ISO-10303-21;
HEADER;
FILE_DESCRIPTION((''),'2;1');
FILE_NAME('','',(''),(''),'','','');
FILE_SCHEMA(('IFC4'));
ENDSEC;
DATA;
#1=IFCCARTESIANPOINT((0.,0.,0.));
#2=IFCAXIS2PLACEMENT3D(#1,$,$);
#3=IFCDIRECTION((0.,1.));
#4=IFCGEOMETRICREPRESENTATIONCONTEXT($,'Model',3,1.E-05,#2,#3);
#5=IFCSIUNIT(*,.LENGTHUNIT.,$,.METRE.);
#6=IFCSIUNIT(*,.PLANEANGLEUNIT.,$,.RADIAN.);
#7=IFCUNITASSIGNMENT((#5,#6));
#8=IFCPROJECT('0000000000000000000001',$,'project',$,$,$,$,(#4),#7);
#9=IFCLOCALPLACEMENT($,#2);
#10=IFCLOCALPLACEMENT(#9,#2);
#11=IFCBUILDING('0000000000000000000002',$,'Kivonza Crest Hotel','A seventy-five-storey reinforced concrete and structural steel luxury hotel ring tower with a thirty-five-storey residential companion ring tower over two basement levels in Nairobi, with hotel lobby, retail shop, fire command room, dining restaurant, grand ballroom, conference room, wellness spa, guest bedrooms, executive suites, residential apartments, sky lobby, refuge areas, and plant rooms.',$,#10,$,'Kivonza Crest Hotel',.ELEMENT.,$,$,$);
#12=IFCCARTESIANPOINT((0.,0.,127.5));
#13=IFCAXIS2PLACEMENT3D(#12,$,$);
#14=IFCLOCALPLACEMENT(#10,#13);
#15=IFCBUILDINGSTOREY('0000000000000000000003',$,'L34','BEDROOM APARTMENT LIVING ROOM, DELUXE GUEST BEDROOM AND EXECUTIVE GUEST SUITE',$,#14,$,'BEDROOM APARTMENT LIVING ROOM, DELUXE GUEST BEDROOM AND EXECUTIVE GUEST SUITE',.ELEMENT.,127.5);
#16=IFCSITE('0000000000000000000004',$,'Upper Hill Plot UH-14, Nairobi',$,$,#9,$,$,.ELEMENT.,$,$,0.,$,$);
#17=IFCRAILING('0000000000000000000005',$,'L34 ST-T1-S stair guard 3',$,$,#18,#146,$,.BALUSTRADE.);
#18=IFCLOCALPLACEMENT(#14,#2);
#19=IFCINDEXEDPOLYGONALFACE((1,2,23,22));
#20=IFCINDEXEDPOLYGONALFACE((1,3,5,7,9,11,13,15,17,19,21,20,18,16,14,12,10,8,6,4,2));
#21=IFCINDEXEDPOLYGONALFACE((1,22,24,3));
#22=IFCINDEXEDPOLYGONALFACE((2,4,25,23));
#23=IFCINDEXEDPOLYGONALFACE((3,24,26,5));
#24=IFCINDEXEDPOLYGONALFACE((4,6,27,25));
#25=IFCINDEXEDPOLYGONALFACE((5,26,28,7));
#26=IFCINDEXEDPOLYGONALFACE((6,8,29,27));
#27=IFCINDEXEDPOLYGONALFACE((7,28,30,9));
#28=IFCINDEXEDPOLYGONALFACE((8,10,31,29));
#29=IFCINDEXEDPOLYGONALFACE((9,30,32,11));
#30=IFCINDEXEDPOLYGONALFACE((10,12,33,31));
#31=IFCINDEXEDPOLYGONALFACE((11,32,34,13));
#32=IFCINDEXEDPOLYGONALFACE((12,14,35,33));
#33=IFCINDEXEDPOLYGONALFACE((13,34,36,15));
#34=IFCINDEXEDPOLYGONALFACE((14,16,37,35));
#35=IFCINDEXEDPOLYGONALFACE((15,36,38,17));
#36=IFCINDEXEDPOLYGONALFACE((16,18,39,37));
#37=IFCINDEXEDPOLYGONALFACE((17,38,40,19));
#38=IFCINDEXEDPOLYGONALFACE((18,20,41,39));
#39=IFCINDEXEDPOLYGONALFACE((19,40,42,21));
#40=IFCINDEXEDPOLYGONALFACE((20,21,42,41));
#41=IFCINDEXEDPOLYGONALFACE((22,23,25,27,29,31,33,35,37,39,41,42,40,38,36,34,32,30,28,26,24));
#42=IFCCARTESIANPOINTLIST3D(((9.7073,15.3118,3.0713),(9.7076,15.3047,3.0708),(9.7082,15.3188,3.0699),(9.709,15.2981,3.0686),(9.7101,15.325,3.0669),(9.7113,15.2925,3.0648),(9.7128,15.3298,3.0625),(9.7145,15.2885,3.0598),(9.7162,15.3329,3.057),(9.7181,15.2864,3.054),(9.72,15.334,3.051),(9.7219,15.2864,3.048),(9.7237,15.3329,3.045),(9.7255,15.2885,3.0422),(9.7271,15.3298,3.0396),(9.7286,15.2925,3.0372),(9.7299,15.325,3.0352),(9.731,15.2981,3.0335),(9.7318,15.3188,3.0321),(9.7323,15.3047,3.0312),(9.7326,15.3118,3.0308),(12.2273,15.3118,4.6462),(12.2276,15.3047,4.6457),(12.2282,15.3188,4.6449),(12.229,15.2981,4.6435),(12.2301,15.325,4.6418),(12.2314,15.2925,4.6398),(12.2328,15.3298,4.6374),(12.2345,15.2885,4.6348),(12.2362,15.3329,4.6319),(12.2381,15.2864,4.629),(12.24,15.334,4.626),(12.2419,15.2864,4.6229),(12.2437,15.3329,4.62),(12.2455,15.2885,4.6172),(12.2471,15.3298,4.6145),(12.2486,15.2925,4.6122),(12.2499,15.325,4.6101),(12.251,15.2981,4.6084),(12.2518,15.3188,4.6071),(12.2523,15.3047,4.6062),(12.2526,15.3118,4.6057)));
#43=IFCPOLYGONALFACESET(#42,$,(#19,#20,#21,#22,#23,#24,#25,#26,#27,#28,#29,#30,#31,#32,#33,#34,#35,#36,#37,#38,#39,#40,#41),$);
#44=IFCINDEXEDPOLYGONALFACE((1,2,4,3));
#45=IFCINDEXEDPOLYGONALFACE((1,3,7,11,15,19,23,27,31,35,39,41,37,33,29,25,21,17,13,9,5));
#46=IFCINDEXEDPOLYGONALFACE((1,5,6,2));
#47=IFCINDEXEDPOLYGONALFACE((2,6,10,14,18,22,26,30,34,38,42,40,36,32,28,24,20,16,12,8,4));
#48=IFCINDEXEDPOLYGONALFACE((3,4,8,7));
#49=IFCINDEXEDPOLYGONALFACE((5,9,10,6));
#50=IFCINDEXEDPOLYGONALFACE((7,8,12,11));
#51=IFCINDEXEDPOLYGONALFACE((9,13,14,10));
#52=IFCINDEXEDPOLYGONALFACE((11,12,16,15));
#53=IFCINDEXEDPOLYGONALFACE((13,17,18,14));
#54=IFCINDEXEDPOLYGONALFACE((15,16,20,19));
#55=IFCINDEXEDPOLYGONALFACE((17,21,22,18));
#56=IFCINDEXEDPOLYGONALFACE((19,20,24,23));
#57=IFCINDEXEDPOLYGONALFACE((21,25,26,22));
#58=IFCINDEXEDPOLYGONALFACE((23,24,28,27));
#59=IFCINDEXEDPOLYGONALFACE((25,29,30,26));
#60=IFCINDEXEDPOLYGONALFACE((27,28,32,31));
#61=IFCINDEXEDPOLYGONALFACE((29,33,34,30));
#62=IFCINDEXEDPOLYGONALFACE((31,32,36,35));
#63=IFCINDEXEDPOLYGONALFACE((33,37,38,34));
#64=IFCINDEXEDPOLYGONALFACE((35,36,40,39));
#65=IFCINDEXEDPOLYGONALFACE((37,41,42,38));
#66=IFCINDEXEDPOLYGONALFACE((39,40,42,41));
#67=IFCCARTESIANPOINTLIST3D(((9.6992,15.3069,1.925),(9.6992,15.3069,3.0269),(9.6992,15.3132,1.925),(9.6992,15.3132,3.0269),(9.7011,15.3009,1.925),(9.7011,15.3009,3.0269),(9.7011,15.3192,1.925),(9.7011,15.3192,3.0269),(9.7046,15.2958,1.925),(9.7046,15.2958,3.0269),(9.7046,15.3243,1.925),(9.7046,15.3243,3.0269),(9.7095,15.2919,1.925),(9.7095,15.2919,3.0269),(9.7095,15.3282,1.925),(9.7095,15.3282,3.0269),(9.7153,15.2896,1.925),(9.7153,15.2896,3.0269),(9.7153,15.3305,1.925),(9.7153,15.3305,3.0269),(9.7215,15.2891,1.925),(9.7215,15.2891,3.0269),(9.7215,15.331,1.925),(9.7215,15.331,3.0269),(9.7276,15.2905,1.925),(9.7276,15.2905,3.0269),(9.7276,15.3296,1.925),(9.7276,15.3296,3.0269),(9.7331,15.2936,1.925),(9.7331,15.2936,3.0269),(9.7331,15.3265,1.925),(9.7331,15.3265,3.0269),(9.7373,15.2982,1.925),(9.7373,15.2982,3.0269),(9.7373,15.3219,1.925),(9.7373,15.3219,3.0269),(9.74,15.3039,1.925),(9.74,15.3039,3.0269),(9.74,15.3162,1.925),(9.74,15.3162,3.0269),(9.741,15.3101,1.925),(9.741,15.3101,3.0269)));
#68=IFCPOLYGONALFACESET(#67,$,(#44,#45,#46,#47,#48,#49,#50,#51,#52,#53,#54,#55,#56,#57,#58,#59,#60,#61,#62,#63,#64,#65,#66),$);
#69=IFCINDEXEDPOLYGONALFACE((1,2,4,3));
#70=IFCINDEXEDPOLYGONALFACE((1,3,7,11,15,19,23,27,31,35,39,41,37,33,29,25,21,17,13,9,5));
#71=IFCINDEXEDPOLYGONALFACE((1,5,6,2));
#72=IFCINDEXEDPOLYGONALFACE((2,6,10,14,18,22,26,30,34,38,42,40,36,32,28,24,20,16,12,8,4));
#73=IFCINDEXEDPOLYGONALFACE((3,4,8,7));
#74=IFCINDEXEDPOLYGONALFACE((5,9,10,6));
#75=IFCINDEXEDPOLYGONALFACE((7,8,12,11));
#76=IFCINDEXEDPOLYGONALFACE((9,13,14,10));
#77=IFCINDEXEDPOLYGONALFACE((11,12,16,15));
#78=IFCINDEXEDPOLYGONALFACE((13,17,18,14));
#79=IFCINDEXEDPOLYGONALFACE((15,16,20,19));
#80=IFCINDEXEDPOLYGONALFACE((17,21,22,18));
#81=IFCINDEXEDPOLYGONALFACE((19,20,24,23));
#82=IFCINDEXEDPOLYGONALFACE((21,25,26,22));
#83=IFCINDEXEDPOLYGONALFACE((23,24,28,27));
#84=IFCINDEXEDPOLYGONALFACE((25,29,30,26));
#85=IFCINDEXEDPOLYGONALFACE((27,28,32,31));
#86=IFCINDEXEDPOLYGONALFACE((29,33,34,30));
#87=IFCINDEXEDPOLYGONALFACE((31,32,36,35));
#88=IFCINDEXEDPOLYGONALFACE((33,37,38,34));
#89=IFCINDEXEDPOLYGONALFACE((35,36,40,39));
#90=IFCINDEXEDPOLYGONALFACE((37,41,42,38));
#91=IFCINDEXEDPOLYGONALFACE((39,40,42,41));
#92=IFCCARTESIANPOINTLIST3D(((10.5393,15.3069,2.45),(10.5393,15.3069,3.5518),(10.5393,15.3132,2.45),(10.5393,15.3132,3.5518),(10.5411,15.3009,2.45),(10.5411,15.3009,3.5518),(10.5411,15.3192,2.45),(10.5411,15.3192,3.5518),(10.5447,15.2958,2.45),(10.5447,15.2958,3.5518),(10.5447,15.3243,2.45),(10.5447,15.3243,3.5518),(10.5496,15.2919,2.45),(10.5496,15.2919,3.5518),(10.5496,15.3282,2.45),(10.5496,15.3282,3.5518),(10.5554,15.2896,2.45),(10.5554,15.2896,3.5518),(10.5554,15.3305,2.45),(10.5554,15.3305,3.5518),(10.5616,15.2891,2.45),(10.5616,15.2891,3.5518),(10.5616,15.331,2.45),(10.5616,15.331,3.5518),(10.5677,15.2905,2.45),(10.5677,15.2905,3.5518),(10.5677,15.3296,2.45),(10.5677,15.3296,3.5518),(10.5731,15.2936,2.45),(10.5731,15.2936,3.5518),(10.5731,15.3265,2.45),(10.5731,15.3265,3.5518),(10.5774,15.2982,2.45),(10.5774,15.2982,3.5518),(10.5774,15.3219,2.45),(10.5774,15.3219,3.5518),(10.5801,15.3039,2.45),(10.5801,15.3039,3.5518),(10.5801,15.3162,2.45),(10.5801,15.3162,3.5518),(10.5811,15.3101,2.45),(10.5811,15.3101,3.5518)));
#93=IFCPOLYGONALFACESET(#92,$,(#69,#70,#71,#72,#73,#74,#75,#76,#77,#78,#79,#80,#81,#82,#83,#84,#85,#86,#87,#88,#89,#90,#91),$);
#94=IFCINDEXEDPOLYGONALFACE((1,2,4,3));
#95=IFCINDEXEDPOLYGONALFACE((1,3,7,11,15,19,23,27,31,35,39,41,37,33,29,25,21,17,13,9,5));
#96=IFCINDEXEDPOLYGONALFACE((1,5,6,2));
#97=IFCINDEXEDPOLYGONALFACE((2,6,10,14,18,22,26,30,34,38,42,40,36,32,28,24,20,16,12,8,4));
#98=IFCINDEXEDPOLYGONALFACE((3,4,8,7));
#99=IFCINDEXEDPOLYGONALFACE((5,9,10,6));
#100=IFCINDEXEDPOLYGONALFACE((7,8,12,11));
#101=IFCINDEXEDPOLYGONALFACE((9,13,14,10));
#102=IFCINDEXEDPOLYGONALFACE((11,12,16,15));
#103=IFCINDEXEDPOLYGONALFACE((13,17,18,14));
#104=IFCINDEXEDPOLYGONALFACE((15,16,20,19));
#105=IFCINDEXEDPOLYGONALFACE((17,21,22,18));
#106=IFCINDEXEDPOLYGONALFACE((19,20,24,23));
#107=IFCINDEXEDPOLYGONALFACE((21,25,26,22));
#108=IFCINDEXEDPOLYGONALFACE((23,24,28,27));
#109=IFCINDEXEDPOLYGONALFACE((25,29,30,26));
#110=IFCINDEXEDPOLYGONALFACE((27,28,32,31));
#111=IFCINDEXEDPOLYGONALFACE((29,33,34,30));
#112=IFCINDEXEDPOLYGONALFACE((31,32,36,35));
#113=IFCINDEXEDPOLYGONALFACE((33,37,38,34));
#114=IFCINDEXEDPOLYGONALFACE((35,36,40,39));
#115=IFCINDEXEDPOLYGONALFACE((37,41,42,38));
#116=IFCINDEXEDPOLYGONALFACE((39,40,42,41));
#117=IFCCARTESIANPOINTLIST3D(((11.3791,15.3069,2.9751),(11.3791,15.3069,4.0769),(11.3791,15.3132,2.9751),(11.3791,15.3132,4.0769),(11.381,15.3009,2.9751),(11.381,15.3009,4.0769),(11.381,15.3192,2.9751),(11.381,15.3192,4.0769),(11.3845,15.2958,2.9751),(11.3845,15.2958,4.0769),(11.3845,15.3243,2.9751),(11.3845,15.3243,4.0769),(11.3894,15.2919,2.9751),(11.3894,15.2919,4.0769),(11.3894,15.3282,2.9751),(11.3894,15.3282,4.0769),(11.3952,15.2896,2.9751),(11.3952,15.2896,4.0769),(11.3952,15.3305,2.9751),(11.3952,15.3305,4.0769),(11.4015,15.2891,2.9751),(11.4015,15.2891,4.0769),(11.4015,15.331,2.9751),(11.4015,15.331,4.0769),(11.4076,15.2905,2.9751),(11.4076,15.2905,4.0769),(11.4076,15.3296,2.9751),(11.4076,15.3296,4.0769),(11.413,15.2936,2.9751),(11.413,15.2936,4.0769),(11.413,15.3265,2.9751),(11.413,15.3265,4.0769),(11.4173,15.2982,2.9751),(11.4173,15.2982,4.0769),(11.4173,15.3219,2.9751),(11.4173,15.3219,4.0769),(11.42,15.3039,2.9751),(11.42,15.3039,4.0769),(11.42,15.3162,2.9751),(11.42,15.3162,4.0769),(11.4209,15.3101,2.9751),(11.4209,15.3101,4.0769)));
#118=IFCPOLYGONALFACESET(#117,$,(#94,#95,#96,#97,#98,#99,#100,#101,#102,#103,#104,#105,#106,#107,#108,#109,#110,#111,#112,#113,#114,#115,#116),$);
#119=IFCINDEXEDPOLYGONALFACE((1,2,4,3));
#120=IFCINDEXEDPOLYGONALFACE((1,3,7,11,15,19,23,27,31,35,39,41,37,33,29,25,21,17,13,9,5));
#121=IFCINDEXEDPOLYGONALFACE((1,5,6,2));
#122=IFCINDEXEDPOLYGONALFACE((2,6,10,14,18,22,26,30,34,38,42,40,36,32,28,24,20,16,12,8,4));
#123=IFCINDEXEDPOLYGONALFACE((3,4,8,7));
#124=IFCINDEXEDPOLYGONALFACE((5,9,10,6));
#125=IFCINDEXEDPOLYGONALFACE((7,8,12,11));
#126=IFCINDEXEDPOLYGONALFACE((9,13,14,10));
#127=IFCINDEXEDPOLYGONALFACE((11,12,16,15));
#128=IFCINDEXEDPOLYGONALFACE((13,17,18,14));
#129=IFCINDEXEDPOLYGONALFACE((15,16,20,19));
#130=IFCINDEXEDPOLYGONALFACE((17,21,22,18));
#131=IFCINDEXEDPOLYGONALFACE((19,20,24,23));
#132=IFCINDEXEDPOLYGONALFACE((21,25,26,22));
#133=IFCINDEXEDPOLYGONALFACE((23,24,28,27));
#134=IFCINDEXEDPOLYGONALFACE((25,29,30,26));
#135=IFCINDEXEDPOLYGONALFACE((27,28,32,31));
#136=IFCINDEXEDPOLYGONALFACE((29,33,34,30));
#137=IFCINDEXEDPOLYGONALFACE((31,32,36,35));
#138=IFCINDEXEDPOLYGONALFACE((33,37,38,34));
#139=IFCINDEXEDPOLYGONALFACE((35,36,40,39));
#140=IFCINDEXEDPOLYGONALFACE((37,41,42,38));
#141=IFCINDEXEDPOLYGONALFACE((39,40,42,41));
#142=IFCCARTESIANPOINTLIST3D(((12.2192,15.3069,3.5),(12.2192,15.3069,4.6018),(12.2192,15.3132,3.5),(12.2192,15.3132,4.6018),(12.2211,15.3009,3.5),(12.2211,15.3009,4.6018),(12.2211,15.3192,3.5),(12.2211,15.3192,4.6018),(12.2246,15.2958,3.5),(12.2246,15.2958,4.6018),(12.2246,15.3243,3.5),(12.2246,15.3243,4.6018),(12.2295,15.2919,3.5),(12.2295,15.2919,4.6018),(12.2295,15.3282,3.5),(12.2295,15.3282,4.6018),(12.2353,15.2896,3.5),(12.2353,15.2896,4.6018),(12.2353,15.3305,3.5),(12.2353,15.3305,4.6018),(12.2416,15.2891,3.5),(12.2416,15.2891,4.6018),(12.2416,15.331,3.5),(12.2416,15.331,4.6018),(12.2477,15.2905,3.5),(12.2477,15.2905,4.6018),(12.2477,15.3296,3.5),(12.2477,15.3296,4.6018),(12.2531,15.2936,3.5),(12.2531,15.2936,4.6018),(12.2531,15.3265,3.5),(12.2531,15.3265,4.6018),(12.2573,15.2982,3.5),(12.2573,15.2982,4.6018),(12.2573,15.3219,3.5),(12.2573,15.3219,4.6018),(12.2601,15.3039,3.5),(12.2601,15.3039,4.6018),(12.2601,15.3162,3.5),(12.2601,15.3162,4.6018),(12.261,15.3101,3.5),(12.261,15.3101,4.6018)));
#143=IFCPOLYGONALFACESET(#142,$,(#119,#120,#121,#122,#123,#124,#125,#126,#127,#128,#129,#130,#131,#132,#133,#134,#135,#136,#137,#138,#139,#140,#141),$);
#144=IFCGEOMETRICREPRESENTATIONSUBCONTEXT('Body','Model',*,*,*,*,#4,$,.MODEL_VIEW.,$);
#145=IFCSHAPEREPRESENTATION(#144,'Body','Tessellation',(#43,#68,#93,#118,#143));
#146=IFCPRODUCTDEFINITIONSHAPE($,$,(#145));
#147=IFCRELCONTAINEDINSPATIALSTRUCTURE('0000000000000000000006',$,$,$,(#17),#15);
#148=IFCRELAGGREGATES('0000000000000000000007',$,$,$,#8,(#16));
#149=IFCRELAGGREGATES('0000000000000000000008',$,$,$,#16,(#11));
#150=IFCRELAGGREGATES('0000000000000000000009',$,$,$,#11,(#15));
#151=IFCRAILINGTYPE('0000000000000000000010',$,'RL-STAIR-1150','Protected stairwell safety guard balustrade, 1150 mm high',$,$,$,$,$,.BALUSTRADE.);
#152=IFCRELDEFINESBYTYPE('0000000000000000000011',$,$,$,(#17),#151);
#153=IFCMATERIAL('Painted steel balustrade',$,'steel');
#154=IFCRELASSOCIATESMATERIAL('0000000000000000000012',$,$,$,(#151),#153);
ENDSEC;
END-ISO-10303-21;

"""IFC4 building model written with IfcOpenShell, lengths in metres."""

from ifc_helpers import new_model, si_unit, direction, frame, origin, origin_2d, place, context, subcontext, project, spatial, circle, extrude, material, type_object, element, save


model = new_model("IFC4")

# Units and contexts
model_context = context("Model", 3, precision=1e-05, world=origin(), true_north=direction((0.0, 1.0)))
body_context = subcontext(model_context, "Body", "Model", "MODEL_VIEW")
ifc_project = project(units=[si_unit("LENGTHUNIT", "METRE"), si_unit("PLANEANGLEUNIT", "RADIAN")], contexts=[model_context])

# Site, building, storey
site_placement = place(None, origin())
site = spatial("IfcSite", under=ifc_project, at=site_placement, Name="Upper Hill Plot UH-14, Nairobi", CompositionType="ELEMENT", RefElevation=0.0)
building_placement = place(site_placement, origin())
building = spatial("IfcBuilding", under=site, at=building_placement, Name="Kivonza Crest Hotel", Description="A seventy-five-storey reinforced concrete and structural steel luxury hotel ring tower with a thirty-five-storey residential companion ring tower over two basement levels in Nairobi, with hotel lobby, retail shop, fire command room, dining restaurant, grand ballroom, conference room, wellness spa, guest bedrooms, executive suites, residential apartments, sky lobby, refuge areas, and plant rooms.", LongName="Kivonza Crest Hotel", CompositionType="ELEMENT")
storey_placement = place(building_placement, frame((0.0, 0.0, 127.5)))
storey = spatial("IfcBuildingStorey", under=building, at=storey_placement, Name="L34", Description="BEDROOM APARTMENT LIVING ROOM, DELUXE GUEST BEDROOM AND EXECUTIVE GUEST SUITE", LongName="BEDROOM APARTMENT LIVING ROOM, DELUXE GUEST BEDROOM AND EXECUTIVE GUEST SUITE", CompositionType="ELEMENT", Elevation=127.5)

# Railing
ifc_material_1 = material(Name="Painted steel balustrade", Category="steel")
railing_type_1 = type_object("IfcRailingType", Name="RL-STAIR-1150", Description="Protected stairwell safety guard balustrade, 1150 mm high", PredefinedType="BALUSTRADE", material=ifc_material_1)
railing_1_placement = place(storey_placement, frame((9.72, 15.3101, 1.925)))
element("IfcRailing", 1, at=railing_1_placement, inside=storey, type_object=railing_type_1, Name="L34 ST-T1-S stair guard 3", PredefinedType="BALUSTRADE", context=body_context, shape_type="SweptSolid", body=[
    extrude(circle(Radius=0.0239, at=origin_2d()), frame((0.0, 0.0, 1.126), z_axis=(0.848008, 0.0, 0.529984), x_axis=(0.0, 1.0, 0.0)), (0.0, 0.0, 1.0), 2.9717),
    extrude(circle(Radius=0.021, at=origin_2d()), origin(), (0.0, 0.0, 1.0), 1.1018),
    extrude(circle(Radius=0.021, at=origin_2d()), frame((0.8401, 0.0, 0.5249)), (0.0, 0.0, 1.0), 1.1018),
    extrude(circle(Radius=0.021, at=origin_2d()), frame((1.6799, 0.0, 1.05)), (0.0, 0.0, 1.0), 1.1018),
    extrude(circle(Radius=0.021, at=origin_2d()), frame((2.52, 0.0, 1.575)), (0.0, 0.0, 1.0), 1.1018),
])

save(model, "model.ifc")
